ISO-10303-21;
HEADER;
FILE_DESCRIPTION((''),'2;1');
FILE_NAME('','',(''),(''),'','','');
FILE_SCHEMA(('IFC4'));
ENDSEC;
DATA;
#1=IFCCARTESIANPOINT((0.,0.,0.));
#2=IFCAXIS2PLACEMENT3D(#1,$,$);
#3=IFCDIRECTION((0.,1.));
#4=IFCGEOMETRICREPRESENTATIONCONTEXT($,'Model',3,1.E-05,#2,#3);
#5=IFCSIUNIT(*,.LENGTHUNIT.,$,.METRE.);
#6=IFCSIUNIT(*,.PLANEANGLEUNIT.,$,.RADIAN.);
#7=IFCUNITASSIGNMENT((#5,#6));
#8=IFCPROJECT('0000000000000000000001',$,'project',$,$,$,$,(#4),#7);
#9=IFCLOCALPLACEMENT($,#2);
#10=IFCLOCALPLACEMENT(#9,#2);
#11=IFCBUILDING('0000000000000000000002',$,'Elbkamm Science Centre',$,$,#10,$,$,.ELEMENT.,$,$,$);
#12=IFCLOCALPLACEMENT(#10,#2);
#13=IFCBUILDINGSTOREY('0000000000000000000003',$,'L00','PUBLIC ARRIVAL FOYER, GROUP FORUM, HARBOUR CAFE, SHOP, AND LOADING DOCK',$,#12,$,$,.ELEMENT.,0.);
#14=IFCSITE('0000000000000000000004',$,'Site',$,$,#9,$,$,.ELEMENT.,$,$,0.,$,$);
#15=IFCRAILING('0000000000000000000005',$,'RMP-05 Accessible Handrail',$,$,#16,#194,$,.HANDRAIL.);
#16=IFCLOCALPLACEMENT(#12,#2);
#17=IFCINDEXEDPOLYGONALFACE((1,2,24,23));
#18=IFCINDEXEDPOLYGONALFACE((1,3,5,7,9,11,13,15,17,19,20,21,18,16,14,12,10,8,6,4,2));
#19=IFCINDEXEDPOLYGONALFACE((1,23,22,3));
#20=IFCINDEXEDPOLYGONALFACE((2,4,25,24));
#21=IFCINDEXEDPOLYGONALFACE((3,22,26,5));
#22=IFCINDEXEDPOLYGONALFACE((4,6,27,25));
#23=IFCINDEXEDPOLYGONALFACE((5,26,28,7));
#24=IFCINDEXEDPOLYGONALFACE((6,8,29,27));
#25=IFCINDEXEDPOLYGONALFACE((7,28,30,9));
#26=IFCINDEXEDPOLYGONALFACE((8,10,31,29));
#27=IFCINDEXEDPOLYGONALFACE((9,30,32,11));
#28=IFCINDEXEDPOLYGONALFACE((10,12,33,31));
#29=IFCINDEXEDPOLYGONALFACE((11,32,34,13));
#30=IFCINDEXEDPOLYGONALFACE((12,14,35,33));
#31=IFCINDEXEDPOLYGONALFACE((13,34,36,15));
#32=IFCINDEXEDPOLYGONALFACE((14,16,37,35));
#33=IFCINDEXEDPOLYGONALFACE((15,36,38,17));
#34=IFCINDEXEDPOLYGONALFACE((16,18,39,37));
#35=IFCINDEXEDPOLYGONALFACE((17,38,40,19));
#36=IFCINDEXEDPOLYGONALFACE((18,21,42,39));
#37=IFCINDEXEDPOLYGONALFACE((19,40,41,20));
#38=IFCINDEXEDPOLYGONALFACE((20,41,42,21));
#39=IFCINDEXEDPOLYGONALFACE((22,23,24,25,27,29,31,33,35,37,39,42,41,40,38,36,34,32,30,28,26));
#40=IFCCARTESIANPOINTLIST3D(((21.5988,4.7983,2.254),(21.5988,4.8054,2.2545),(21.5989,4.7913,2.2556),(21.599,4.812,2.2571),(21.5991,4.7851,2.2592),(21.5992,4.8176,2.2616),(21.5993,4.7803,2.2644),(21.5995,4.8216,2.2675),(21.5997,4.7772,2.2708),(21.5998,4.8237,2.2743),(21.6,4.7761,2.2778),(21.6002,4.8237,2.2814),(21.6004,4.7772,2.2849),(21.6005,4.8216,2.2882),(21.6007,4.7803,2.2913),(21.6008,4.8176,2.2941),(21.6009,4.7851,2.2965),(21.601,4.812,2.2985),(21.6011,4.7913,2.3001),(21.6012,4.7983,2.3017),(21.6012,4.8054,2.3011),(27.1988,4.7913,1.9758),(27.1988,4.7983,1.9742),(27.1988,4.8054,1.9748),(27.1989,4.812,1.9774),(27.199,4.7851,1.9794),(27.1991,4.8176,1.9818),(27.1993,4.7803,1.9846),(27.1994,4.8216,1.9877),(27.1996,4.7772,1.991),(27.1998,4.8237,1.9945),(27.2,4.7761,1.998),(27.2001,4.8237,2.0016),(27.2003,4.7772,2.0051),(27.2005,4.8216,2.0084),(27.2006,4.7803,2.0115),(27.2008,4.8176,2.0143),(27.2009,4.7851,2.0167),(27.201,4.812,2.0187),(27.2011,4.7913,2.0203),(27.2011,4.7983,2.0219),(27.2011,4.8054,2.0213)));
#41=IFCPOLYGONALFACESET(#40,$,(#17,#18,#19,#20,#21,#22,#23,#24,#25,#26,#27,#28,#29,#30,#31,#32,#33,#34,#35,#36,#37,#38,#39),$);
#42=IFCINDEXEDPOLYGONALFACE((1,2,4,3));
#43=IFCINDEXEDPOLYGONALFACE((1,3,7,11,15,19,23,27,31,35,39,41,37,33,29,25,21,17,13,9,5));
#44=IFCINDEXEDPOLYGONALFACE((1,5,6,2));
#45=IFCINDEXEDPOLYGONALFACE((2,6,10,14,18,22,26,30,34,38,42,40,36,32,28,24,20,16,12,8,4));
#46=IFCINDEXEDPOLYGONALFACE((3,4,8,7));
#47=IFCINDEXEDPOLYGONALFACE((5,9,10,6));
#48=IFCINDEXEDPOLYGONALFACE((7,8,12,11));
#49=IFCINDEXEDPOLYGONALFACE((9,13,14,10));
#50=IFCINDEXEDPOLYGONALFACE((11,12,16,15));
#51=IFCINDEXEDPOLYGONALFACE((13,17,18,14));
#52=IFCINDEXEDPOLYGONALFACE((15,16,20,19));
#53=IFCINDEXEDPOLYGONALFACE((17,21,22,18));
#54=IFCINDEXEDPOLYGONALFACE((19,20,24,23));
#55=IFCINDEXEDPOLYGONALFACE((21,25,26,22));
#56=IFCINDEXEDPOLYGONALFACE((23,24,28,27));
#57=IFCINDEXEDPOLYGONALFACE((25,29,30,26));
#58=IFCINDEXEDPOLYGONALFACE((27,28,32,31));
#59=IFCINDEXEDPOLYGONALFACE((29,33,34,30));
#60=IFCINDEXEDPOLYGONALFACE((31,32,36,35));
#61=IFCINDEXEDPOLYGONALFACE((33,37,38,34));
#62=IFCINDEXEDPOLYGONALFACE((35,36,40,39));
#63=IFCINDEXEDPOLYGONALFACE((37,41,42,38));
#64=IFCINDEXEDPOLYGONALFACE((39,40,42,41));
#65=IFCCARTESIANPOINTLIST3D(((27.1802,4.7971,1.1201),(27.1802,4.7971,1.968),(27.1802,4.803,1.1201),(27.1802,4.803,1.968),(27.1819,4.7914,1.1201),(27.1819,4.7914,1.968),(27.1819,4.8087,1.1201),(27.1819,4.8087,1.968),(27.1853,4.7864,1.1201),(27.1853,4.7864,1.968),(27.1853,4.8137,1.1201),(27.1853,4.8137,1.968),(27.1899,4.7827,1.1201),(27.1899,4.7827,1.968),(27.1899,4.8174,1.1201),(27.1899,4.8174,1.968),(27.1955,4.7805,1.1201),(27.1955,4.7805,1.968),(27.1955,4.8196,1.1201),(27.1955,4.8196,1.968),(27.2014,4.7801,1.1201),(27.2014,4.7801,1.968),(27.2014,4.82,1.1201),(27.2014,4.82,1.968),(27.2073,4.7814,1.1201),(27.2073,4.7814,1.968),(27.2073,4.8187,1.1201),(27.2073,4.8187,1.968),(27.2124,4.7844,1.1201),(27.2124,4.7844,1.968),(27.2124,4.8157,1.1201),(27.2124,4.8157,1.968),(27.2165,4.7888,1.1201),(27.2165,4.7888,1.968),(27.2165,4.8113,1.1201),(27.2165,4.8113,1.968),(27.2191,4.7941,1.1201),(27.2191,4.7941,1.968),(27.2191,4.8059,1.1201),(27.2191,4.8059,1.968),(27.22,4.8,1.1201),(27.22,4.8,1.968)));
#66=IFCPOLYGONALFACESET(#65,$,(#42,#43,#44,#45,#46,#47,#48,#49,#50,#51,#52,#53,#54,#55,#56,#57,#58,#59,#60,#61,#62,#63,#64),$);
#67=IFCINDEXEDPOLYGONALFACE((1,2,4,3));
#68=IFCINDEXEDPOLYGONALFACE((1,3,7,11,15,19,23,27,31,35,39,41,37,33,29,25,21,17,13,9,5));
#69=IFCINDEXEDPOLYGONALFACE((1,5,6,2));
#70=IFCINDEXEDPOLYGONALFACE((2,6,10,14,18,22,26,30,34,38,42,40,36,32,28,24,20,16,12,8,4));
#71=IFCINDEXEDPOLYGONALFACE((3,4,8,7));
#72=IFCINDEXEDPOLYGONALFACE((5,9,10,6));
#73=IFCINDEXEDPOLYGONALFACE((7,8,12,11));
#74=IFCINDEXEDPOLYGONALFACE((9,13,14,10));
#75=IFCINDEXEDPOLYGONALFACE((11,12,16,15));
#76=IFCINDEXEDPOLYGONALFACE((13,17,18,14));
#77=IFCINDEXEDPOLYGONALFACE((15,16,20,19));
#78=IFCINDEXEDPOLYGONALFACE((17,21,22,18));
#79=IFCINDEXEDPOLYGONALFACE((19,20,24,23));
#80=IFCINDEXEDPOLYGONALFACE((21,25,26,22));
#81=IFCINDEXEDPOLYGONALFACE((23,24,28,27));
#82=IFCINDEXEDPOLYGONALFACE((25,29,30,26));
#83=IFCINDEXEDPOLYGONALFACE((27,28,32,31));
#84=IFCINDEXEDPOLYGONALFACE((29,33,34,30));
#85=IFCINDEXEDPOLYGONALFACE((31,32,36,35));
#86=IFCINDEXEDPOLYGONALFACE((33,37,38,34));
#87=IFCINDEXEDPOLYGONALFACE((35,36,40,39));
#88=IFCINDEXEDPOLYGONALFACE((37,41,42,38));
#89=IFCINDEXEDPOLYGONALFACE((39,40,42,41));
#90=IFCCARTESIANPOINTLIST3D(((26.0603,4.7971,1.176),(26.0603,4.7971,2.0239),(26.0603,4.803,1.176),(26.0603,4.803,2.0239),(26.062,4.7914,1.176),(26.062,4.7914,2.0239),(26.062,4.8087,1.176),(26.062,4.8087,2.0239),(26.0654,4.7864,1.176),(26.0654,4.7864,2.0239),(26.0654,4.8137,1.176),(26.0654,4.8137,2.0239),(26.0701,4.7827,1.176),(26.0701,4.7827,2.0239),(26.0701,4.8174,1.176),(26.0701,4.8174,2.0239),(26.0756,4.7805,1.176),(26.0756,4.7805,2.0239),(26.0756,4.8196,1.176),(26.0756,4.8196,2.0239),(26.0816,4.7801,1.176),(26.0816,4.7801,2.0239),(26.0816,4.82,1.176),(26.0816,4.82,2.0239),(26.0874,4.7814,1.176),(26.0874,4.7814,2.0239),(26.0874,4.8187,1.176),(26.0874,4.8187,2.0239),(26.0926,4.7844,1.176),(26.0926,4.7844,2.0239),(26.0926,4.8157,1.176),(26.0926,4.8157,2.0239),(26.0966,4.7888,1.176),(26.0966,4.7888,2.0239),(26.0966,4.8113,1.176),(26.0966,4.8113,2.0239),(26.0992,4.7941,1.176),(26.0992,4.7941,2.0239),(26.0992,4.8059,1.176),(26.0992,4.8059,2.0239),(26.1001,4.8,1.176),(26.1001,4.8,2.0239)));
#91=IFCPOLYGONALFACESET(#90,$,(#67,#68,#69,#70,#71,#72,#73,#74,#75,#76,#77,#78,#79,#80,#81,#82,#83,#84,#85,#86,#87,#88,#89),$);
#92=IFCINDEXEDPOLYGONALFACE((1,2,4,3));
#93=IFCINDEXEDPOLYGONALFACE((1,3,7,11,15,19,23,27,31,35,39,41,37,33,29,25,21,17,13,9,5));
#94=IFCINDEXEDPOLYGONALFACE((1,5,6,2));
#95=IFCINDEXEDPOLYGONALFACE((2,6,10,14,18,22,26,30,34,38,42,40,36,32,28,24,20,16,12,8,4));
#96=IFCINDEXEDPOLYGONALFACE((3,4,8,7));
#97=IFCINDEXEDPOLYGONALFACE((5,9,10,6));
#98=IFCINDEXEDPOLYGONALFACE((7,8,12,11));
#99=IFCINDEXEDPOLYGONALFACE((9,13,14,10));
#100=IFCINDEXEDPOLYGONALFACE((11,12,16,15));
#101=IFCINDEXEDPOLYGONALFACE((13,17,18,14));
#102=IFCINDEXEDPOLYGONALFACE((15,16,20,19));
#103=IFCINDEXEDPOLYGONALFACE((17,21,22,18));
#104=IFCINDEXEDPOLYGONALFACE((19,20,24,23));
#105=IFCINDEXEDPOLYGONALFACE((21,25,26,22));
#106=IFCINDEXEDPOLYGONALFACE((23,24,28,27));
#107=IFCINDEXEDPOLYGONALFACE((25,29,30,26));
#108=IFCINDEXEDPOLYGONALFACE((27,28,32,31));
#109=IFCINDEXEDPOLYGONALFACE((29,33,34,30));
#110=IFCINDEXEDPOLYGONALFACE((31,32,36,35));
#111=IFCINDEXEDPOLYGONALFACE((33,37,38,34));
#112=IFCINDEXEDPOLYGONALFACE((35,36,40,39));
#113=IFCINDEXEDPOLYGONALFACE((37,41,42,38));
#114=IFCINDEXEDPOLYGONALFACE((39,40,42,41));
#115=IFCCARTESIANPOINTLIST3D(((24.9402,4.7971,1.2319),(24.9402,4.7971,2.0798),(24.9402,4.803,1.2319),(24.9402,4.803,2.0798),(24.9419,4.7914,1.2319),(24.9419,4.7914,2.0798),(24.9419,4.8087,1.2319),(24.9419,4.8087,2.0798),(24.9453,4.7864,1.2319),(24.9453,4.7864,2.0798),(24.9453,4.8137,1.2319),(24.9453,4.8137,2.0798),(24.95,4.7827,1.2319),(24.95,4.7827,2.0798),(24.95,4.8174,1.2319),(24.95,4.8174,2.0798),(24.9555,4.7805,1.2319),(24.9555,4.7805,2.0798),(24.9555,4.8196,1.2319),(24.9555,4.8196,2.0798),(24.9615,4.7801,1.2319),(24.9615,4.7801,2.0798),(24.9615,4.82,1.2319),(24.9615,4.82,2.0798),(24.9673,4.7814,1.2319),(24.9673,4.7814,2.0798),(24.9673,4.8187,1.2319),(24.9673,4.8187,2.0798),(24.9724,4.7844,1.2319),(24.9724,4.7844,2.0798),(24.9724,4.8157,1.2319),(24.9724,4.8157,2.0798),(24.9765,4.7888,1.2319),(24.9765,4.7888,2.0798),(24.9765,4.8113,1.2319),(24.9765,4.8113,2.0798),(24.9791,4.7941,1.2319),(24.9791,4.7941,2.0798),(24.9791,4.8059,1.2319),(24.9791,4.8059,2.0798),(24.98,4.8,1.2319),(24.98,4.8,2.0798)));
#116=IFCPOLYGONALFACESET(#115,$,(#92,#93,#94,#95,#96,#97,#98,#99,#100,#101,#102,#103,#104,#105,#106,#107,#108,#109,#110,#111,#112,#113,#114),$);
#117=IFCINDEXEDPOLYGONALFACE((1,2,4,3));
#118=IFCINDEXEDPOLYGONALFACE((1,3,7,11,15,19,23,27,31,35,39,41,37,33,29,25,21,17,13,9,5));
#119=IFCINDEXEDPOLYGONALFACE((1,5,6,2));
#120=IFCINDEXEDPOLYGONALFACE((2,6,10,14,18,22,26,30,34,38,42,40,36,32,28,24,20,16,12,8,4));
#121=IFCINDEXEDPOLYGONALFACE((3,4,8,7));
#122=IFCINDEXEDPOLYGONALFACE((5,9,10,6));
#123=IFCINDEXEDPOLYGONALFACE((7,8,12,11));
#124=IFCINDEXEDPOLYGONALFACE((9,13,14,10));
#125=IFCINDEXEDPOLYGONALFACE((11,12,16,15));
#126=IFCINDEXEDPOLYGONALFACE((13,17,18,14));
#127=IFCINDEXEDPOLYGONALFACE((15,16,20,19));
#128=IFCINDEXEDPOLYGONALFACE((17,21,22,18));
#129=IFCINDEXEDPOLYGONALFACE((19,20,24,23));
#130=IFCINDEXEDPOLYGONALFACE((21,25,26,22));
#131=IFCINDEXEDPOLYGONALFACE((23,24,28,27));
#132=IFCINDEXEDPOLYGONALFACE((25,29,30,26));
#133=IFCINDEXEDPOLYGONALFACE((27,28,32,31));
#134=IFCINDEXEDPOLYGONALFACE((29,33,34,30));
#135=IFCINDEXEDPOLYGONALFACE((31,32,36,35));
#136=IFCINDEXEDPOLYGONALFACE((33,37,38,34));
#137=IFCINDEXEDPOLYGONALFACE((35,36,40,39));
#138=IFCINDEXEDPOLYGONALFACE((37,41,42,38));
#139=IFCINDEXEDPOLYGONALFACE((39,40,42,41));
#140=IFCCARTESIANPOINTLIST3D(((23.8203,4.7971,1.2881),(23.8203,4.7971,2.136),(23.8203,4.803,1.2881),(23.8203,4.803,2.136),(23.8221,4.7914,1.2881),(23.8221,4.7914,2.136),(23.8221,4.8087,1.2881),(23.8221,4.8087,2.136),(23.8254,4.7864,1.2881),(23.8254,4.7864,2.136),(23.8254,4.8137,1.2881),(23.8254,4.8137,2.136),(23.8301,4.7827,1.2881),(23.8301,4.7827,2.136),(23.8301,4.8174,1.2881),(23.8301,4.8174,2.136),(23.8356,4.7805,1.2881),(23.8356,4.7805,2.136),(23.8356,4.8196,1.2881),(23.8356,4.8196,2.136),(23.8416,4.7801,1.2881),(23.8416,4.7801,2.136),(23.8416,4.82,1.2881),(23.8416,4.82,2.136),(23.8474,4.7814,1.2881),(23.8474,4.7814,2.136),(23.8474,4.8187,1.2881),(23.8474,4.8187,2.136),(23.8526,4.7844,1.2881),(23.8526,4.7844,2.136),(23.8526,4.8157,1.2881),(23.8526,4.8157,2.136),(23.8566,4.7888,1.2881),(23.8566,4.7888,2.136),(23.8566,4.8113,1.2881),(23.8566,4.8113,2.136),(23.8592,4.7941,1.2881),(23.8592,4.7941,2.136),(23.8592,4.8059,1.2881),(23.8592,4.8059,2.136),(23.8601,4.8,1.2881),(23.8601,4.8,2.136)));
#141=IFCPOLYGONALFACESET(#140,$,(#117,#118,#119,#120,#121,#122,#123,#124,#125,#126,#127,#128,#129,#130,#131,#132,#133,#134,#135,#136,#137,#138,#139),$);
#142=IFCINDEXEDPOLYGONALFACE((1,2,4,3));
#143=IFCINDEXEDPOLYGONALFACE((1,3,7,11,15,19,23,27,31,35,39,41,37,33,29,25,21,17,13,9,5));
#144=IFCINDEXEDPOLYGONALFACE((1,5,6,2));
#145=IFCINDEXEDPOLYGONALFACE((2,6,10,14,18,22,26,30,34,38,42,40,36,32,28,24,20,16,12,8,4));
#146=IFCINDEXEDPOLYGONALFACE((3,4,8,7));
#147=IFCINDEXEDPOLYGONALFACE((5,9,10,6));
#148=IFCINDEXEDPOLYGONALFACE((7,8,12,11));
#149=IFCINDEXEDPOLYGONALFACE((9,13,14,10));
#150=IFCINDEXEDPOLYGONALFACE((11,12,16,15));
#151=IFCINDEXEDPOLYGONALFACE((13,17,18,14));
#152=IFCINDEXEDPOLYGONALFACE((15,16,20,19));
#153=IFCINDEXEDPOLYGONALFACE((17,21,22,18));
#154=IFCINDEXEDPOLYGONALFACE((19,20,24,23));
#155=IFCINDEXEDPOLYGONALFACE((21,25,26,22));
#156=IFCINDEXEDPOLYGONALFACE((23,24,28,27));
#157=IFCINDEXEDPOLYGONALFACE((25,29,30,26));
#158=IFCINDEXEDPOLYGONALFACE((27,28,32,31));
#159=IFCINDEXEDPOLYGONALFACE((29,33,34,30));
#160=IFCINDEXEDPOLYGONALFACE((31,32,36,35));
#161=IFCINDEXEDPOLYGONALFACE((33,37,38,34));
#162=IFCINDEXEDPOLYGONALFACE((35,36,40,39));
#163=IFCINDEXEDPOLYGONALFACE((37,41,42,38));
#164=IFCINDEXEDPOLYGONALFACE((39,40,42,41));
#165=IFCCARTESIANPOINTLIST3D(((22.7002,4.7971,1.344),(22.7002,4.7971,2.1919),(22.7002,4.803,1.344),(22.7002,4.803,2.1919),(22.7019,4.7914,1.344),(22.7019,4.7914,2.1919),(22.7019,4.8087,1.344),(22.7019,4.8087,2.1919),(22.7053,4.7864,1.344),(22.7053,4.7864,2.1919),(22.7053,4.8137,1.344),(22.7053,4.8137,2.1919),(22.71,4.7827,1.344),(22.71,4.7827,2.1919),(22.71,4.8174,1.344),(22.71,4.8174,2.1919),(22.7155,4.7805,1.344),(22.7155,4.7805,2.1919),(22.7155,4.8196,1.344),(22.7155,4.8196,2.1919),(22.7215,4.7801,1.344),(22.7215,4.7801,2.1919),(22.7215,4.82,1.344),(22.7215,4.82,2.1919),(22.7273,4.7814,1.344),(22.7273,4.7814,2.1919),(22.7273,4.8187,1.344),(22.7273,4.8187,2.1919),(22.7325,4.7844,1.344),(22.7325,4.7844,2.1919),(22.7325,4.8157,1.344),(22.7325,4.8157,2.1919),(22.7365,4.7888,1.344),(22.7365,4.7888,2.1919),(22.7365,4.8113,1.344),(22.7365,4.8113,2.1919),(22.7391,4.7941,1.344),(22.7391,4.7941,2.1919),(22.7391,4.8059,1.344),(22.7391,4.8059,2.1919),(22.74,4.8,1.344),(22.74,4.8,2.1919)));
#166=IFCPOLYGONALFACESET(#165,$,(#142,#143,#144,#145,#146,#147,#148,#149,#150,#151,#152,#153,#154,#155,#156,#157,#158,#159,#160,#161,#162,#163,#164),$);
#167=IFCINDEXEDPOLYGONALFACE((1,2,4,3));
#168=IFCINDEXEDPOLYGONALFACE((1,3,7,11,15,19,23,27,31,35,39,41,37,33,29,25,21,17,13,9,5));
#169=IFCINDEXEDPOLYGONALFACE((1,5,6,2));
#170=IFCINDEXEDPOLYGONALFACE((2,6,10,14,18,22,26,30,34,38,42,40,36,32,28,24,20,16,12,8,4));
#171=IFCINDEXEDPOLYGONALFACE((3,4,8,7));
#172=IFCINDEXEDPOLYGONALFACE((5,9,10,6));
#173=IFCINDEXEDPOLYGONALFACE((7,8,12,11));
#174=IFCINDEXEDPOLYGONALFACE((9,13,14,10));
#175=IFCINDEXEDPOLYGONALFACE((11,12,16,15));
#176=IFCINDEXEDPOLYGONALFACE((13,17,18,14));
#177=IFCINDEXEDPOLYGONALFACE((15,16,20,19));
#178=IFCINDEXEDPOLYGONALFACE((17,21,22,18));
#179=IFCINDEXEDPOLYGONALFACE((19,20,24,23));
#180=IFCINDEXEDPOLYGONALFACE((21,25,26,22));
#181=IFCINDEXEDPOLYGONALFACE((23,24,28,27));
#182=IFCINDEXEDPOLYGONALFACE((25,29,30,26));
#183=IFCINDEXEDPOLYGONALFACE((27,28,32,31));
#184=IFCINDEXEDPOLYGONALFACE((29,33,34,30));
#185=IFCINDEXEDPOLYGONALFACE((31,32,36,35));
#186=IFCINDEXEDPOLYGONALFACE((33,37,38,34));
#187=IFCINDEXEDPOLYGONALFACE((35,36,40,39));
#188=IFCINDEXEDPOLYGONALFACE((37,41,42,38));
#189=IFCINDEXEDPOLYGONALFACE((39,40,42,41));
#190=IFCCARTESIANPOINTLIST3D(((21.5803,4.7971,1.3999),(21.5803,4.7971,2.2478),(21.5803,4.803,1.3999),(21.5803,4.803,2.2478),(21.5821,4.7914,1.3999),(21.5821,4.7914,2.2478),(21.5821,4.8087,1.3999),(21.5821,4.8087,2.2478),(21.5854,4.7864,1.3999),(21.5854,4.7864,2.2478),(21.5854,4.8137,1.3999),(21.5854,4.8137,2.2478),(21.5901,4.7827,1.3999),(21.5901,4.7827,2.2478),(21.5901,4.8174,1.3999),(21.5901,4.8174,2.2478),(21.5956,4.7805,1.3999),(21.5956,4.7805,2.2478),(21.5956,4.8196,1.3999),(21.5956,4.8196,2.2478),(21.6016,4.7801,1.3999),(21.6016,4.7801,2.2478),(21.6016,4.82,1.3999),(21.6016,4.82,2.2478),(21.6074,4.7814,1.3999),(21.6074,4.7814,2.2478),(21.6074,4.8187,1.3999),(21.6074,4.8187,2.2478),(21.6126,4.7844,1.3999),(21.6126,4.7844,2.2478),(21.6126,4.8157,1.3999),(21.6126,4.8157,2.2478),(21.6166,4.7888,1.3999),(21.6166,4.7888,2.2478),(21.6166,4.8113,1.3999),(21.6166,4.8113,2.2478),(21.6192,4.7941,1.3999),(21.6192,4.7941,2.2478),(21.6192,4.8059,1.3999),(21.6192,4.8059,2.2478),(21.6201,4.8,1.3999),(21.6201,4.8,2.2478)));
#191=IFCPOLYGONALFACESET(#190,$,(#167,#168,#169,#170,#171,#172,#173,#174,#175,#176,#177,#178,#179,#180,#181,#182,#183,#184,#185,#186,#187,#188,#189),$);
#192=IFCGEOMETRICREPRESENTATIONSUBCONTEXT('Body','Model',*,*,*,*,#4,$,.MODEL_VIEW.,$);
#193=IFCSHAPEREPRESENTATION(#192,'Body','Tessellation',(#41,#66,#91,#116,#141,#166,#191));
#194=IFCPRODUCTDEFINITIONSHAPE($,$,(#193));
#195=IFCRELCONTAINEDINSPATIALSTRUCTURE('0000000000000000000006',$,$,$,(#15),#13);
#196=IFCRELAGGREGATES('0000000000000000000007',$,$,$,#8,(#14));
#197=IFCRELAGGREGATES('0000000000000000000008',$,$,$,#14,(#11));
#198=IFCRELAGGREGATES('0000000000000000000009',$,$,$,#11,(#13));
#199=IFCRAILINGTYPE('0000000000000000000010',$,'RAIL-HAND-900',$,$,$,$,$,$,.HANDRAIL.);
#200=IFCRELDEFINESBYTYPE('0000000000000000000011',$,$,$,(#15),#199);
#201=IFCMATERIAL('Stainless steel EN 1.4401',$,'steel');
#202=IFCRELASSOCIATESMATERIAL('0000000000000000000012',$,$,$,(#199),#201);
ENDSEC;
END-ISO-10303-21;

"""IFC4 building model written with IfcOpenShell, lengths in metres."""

from ifc_helpers import new_model, si_unit, direction, frame, origin, origin_2d, place, context, subcontext, project, spatial, circle, extrude, material, type_object, element, save


model = new_model("IFC4")

# Units and contexts
model_context = context("Model", 3, precision=1e-05, world=origin(), true_north=direction((0.0, 1.0)))
body_context = subcontext(model_context, "Body", "Model", "MODEL_VIEW")
ifc_project = project(units=[si_unit("LENGTHUNIT", "METRE"), si_unit("PLANEANGLEUNIT", "RADIAN")], contexts=[model_context])

# Site, building, storey
site_placement = place(None, origin())
site = spatial("IfcSite", under=ifc_project, at=site_placement, Name="Site", CompositionType="ELEMENT", RefElevation=0.0)
building_placement = place(site_placement, origin())
building = spatial("IfcBuilding", under=site, at=building_placement, Name="Elbkamm Science Centre", CompositionType="ELEMENT")
storey_placement = place(building_placement, origin())
storey = spatial("IfcBuildingStorey", under=building, at=storey_placement, Name="L00", Description="PUBLIC ARRIVAL FOYER, GROUP FORUM, HARBOUR CAFE, SHOP, AND LOADING DOCK", CompositionType="ELEMENT", Elevation=0.0)

# Railing
ifc_material_1 = material(Name="Stainless steel EN 1.4401", Category="steel")
railing_type_1 = type_object("IfcRailingType", Name="RAIL-HAND-900", PredefinedType="HANDRAIL", material=ifc_material_1)
railing_1_placement = place(storey_placement, frame((27.2, 4.8, 1.1201)))
element("IfcRailing", 1, at=railing_1_placement, inside=storey, type_object=railing_type_1, Name="RMP-05 Accessible Handrail", PredefinedType="HANDRAIL", context=body_context, shape_type="SweptSolid", body=[
    extrude(circle(Radius=0.0239, at=origin_2d()), frame((0.0, 0.0, 0.8779), z_axis=(-0.998754, 0.0, 0.049901), x_axis=(0.0, -1.0, 0.0)), (0.0, 0.0, 1.0), 5.6069),
    extrude(circle(Radius=0.02, at=origin_2d()), origin(), (0.0, 0.0, 1.0), 0.8479),
    extrude(circle(Radius=0.02, at=origin_2d()), frame((-1.1199, 0.0, 0.0559)), (0.0, 0.0, 1.0), 0.8479),
    extrude(circle(Radius=0.02, at=origin_2d()), frame((-2.24, 0.0, 0.1118)), (0.0, 0.0, 1.0), 0.8479),
    extrude(circle(Radius=0.02, at=origin_2d()), frame((-3.3599, 0.0, 0.168)), (0.0, 0.0, 1.0), 0.8479),
    extrude(circle(Radius=0.02, at=origin_2d()), frame((-4.48, 0.0, 0.2239)), (0.0, 0.0, 1.0), 0.8479),
    extrude(circle(Radius=0.02, at=origin_2d()), frame((-5.5999, 0.0, 0.2798)), (0.0, 0.0, 1.0), 0.8479),
])

save(model, "model.ifc")
